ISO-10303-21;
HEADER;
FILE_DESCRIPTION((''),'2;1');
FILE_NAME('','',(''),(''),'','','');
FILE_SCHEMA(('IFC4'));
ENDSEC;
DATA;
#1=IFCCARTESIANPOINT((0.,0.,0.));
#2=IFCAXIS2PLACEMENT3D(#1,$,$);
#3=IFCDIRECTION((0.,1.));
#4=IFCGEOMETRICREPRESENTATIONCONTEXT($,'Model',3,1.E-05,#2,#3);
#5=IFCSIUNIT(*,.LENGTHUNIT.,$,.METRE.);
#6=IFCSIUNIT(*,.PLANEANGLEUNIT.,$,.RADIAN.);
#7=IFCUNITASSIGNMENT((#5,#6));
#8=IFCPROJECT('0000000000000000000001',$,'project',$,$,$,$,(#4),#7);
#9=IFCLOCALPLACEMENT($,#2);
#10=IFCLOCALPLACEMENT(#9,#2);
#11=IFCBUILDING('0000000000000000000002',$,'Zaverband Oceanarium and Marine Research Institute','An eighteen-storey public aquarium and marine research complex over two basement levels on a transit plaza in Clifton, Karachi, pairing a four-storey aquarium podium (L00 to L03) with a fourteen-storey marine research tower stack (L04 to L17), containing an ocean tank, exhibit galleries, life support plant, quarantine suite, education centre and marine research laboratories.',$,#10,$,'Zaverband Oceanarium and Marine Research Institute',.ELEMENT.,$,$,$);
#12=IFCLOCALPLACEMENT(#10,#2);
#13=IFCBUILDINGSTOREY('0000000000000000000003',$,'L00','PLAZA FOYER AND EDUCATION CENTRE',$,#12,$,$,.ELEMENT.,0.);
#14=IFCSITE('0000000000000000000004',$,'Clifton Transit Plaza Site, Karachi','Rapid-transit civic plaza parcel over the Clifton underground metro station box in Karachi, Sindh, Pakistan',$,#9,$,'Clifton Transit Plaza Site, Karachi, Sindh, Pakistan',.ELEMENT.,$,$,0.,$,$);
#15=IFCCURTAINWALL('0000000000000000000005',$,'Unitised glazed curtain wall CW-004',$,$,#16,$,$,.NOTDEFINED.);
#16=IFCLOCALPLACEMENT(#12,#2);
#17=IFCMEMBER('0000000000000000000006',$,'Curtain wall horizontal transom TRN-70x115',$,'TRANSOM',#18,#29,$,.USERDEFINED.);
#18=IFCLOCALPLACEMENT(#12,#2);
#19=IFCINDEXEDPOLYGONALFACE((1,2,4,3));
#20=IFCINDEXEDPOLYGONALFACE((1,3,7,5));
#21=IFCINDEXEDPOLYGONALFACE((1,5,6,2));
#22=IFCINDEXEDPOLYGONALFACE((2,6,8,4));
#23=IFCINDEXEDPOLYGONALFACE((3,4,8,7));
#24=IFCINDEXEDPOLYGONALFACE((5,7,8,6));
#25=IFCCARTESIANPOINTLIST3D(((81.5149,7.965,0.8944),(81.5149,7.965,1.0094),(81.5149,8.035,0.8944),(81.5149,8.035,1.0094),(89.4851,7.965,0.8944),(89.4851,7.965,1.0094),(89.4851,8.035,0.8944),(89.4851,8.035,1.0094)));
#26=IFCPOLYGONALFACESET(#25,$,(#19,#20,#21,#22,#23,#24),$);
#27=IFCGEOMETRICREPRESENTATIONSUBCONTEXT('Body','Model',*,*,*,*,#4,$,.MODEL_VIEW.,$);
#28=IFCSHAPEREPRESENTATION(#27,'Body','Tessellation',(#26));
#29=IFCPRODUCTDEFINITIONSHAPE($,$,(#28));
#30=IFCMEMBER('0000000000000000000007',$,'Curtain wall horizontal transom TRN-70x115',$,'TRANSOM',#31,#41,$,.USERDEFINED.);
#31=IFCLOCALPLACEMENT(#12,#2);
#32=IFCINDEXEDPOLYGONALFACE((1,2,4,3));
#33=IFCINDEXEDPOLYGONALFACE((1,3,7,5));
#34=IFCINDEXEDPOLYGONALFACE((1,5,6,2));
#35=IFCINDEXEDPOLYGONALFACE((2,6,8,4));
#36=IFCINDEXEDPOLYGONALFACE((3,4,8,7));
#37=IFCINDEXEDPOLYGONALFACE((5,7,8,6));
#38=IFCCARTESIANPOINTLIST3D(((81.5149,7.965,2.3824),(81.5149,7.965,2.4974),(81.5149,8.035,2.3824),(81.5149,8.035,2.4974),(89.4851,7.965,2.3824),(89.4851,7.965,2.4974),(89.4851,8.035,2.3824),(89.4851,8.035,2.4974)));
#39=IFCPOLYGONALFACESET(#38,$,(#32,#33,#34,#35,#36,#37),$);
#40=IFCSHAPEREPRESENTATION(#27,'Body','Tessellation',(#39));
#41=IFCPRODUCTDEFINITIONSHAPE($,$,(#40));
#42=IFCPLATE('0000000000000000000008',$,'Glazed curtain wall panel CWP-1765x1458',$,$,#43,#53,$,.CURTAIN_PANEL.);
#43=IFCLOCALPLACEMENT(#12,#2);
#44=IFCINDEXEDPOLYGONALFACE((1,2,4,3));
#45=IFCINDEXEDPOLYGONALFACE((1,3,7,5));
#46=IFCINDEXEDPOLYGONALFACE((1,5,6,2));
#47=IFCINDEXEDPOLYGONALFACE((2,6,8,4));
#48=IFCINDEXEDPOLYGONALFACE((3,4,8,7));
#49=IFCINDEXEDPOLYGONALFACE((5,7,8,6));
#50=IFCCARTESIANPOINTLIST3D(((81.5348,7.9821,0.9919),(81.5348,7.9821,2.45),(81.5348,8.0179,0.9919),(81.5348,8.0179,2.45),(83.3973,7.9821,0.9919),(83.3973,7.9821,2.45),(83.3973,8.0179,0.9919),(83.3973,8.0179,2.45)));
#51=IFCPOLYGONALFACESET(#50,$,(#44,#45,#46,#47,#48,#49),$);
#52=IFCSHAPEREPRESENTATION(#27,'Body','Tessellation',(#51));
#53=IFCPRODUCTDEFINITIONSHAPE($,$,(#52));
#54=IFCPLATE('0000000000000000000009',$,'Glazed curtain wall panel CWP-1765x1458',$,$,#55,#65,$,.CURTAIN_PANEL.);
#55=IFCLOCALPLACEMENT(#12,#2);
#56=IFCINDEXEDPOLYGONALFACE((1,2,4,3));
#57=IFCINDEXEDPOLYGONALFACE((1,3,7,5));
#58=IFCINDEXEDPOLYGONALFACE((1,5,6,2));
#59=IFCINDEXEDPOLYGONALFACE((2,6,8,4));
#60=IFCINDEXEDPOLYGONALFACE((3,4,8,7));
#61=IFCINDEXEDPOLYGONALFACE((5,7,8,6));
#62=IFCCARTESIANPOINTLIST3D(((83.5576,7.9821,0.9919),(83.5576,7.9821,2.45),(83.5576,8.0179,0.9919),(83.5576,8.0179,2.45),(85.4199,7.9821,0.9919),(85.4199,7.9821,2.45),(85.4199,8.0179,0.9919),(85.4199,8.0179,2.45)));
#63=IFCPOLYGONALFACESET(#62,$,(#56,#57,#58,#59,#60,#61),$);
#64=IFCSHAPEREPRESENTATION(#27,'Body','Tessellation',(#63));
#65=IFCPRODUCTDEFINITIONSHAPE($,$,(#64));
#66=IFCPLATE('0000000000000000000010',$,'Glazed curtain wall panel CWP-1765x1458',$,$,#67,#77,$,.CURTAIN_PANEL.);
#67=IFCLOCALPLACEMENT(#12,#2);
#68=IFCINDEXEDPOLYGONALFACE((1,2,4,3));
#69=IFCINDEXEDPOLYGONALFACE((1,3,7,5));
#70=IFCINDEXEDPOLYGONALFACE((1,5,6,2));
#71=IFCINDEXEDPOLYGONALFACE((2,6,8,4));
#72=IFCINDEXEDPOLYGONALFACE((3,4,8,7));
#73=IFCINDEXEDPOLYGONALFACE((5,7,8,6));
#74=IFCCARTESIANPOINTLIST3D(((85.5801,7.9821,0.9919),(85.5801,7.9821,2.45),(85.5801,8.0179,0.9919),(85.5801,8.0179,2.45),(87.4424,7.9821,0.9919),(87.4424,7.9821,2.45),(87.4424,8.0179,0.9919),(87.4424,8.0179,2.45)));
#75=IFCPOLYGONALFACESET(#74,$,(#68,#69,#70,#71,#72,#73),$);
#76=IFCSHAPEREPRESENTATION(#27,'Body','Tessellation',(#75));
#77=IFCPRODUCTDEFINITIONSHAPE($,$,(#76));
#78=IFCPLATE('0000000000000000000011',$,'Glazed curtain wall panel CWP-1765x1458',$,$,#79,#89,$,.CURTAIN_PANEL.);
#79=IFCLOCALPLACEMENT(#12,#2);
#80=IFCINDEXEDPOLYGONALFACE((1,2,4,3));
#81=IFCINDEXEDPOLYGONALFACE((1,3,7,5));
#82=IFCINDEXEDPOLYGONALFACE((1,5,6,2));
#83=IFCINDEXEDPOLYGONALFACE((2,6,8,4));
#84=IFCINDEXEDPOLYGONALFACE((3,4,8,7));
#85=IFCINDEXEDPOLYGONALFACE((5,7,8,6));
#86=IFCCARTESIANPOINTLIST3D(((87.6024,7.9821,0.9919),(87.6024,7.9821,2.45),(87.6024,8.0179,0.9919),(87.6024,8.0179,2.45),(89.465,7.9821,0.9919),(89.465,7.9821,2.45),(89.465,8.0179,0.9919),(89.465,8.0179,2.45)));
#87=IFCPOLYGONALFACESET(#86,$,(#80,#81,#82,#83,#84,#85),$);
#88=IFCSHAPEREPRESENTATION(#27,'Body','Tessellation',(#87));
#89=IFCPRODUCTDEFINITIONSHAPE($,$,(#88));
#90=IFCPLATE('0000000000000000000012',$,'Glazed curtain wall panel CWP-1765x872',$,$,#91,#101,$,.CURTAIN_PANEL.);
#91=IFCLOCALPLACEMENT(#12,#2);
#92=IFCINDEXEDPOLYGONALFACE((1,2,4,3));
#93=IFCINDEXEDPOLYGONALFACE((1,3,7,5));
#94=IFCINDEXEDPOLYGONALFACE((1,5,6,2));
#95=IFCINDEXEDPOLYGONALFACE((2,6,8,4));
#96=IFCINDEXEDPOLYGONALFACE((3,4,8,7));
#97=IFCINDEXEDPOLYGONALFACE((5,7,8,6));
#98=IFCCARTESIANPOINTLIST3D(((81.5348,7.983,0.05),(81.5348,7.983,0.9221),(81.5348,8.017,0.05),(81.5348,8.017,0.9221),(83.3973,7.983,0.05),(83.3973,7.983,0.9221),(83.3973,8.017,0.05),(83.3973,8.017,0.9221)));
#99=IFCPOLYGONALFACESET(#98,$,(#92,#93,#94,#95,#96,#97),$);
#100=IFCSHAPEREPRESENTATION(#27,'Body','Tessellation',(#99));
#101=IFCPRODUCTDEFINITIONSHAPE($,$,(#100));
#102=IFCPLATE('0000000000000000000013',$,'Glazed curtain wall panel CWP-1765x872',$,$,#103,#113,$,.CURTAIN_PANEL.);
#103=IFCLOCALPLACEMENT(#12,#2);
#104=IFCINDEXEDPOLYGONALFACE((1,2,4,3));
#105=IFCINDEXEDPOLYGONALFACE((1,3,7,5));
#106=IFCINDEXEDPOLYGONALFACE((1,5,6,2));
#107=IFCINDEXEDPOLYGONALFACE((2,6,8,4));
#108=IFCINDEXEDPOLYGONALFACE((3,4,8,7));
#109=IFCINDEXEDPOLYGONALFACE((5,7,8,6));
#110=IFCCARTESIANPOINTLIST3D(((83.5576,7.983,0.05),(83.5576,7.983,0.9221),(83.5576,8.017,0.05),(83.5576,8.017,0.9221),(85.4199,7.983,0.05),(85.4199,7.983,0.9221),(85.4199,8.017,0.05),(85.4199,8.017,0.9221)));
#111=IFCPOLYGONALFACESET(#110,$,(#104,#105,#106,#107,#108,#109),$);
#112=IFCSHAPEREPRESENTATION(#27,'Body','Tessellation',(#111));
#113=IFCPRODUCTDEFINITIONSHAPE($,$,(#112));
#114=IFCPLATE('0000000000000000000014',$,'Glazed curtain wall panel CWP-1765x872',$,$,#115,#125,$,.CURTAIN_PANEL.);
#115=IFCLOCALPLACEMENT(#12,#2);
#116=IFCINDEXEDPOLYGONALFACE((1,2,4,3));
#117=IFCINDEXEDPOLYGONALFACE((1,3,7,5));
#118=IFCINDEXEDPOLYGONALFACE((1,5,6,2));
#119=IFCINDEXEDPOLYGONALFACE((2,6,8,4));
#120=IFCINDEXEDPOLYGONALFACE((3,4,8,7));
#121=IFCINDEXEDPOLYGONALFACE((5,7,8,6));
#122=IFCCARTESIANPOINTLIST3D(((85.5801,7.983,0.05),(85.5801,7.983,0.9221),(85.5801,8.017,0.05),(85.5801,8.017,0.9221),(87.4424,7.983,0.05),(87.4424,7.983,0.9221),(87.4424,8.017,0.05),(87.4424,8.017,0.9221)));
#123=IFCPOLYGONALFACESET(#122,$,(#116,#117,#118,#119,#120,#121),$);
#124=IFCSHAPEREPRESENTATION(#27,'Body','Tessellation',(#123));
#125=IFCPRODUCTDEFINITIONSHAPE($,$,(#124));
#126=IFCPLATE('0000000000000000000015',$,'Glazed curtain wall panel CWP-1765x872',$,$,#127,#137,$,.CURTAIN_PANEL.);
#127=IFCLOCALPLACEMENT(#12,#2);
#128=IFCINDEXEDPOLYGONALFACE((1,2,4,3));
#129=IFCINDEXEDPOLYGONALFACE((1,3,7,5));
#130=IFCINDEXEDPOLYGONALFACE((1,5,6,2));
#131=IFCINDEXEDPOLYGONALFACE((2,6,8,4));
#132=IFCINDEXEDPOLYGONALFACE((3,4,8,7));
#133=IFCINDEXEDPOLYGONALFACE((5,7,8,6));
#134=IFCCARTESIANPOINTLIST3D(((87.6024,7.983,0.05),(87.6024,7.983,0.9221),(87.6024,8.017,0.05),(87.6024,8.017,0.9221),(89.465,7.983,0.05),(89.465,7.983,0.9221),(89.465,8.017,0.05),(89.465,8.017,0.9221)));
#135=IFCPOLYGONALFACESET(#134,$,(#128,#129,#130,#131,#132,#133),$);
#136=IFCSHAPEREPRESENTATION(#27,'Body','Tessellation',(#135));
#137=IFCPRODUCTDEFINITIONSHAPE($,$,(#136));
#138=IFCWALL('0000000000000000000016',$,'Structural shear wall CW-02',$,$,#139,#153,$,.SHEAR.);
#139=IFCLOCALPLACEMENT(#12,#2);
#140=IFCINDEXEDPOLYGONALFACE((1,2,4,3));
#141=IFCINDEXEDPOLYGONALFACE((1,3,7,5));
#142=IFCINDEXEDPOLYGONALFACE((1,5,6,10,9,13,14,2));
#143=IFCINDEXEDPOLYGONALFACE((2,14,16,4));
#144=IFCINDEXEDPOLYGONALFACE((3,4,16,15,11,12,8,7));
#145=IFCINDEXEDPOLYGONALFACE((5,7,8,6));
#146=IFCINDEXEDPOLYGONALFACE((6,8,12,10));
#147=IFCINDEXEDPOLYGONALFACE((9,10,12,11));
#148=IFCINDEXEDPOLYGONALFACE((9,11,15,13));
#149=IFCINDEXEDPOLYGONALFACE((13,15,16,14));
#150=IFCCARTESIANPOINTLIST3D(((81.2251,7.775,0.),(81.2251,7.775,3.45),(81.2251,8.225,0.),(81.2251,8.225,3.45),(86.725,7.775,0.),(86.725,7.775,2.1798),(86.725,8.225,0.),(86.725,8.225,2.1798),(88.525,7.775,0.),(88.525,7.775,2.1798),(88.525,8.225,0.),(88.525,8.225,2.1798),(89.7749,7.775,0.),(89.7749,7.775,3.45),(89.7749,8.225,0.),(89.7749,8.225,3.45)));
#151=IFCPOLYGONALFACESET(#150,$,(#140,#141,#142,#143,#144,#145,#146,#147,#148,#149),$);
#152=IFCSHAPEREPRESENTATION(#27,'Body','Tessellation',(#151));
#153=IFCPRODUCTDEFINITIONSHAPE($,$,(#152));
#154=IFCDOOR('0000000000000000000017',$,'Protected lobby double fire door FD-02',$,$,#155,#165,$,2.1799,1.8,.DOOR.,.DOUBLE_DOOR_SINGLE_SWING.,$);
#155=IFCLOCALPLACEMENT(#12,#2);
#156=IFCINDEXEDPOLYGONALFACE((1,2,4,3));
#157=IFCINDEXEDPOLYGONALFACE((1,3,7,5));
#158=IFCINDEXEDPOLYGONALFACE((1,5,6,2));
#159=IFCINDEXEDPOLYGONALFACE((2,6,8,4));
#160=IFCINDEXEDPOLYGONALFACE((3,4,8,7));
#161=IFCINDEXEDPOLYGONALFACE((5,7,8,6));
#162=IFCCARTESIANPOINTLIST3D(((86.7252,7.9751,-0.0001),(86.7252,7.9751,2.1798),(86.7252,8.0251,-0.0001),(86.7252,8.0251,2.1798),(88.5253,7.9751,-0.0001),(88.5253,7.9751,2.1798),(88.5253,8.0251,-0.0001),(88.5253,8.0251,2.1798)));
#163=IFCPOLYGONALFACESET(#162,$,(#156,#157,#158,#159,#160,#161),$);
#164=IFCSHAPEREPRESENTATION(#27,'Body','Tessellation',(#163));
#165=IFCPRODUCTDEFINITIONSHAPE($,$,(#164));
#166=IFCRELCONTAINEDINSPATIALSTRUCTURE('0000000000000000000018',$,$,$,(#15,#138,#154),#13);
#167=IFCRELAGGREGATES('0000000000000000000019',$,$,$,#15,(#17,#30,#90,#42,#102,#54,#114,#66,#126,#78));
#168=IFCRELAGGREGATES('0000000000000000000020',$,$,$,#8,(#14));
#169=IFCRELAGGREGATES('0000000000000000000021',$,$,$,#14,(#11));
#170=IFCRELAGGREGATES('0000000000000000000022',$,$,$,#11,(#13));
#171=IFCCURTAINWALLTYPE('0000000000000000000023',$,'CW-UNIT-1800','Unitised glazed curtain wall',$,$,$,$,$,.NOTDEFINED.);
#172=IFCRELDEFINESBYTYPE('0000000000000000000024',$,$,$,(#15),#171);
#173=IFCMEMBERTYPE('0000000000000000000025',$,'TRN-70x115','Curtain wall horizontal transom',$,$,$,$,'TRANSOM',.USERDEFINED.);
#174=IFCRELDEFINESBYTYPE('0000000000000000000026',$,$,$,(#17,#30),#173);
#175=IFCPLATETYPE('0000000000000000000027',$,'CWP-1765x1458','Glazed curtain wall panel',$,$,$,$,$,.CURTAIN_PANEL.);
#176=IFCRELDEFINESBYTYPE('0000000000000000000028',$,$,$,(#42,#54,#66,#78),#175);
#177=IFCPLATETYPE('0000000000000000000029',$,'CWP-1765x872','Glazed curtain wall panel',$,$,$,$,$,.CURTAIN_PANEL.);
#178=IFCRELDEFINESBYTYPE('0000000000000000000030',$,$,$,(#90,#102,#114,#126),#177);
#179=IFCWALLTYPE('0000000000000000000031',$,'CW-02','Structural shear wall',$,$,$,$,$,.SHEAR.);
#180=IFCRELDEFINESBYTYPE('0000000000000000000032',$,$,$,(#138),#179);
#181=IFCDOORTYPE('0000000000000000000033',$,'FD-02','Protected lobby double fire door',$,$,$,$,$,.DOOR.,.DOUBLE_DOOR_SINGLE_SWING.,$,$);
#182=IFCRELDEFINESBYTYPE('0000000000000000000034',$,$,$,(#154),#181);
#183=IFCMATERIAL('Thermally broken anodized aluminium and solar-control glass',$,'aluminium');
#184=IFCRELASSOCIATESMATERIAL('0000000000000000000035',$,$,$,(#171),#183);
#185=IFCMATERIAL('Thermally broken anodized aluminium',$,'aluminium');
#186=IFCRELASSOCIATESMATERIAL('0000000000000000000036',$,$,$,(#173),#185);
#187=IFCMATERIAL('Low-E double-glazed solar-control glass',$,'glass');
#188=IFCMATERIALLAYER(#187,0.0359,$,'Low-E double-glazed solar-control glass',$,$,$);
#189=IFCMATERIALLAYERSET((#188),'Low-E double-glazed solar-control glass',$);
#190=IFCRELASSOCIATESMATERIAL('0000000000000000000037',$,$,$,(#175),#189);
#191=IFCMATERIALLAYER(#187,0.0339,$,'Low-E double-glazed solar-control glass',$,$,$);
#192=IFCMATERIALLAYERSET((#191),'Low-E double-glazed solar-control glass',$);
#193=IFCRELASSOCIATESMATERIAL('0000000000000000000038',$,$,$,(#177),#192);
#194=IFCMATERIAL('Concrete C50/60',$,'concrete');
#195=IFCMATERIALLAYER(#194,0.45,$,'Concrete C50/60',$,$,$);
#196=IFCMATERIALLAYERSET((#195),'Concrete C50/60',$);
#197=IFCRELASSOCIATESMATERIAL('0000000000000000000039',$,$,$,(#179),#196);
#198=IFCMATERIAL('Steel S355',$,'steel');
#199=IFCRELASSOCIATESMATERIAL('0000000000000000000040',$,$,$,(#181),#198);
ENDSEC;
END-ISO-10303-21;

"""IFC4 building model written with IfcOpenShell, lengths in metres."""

from ifc_helpers import new_model, si_unit, direction, frame, frame_2d, origin, origin_2d, place, context, subcontext, project, spatial, rectangle, extrude, material, layer, layer_set, material_profile, profile_set, type_object, element, fill, aggregate, save


model = new_model("IFC4")

# Units and contexts
model_context = context("Model", 3, precision=1e-05, world=origin(), true_north=direction((0.0, 1.0)))
body_context = subcontext(model_context, "Body", "Model", "MODEL_VIEW")
ifc_project = project(units=[si_unit("LENGTHUNIT", "METRE"), si_unit("PLANEANGLEUNIT", "RADIAN")], contexts=[model_context])

# Site, building, storey
site_placement = place(None, origin())
site = spatial("IfcSite", under=ifc_project, at=site_placement, Name="Clifton Transit Plaza Site, Karachi", Description="Rapid-transit civic plaza parcel over the Clifton underground metro station box in Karachi, Sindh, Pakistan", LongName="Clifton Transit Plaza Site, Karachi, Sindh, Pakistan", CompositionType="ELEMENT", RefElevation=0.0)
building_placement = place(site_placement, origin())
building = spatial("IfcBuilding", under=site, at=building_placement, Name="Zaverband Oceanarium and Marine Research Institute", Description="An eighteen-storey public aquarium and marine research complex over two basement levels on a transit plaza in Clifton, Karachi, pairing a four-storey aquarium podium (L00 to L03) with a fourteen-storey marine research tower stack (L04 to L17), containing an ocean tank, exhibit galleries, life support plant, quarantine suite, education centre and marine research laboratories.", LongName="Zaverband Oceanarium and Marine Research Institute", CompositionType="ELEMENT")
storey_placement = place(building_placement, origin())
storey = spatial("IfcBuildingStorey", under=building, at=storey_placement, Name="L00", Description="PLAZA FOYER AND EDUCATION CENTRE", CompositionType="ELEMENT", Elevation=0.0)

# Shared definitions
ifc_material_1 = material(Name="Concrete C50/60", Category="concrete")

# Curtain wall
ifc_material_2 = material(Name="Thermally broken anodized aluminium and solar-control glass", Category="aluminium")
curtain_wall_type = type_object("IfcCurtainWallType", Name="CW-UNIT-1800", Description="Unitised glazed curtain wall", PredefinedType="NOTDEFINED", material=ifc_material_2)
curtain_wall_placement = place(storey_placement, origin())
curtain_wall = element("IfcCurtainWall", 1, at=curtain_wall_placement, inside=storey, type_object=curtain_wall_type, Name="Unitised glazed curtain wall CW-004", PredefinedType="NOTDEFINED")
ifc_material_3 = material(Name="Thermally broken anodized aluminium", Category="aluminium")

# Shared definitions
ifc_material_4 = material(Name="Steel S355", Category="steel")

# Members
ifc_material_profile_1 = material_profile(ifc_material_3, rectangle(XDim=0.0701, YDim=0.115, at=origin_2d()), Name="AL-TRN-70x115")
ifc_profile_set_1 = profile_set([ifc_material_profile_1], Name="Thermally broken anodized aluminium")
member_type_1 = type_object("IfcMemberType", Name="TRN-70x115", Description="Curtain wall horizontal transom", ElementType="TRANSOM", PredefinedType="USERDEFINED", material=ifc_profile_set_1)
member_1_placement = place(storey_placement, frame((81.5149, 8.0, 0.9519), z_axis=(1.0, 0.0, 0.0), x_axis=(0.0, 1.0, 0.0)))
member_1 = element("IfcMember", 2, at=member_1_placement, type_object=member_type_1, Name="Curtain wall horizontal transom TRN-70x115", ObjectType="TRANSOM", PredefinedType="USERDEFINED", context=body_context, shape_type="SweptSolid", body=[
    extrude(rectangle(XDim=0.0701, YDim=0.115, at=origin_2d()), origin(), (0.0, 0.0, 1.0), 7.9702),
])
member_2_placement = place(storey_placement, frame((81.5149, 8.0, 2.4399), z_axis=(1.0, 0.0, 0.0), x_axis=(0.0, 1.0, 0.0)))
member_2 = element("IfcMember", 3, at=member_2_placement, type_object=member_type_1, Name="Curtain wall horizontal transom TRN-70x115", ObjectType="TRANSOM", PredefinedType="USERDEFINED", context=body_context, shape_type="SweptSolid", body=[
    extrude(rectangle(XDim=0.0701, YDim=0.115, at=origin_2d()), origin(), (0.0, 0.0, 1.0), 7.9702),
])

# Plates
ifc_material_5 = material(Name="Low-E double-glazed solar-control glass", Category="glass")
ifc_layer_1 = layer(ifc_material_5, 0.0359, Name="Low-E double-glazed solar-control glass")
ifc_layer_set_1 = layer_set([ifc_layer_1], Name="Low-E double-glazed solar-control glass")
plate_type_1 = type_object("IfcPlateType", Name="CWP-1765x1458", Description="Glazed curtain wall panel", PredefinedType="CURTAIN_PANEL", material=ifc_layer_set_1)
plate_1_placement = place(storey_placement, frame((81.5349, 8.0, 0.9919), z_axis=(0.0, 0.0, 1.0), x_axis=(1.0, 0.0, 0.0)))
plate_1 = element("IfcPlate", 4, at=plate_1_placement, type_object=plate_type_1, Name="Glazed curtain wall panel CWP-1765x1458", PredefinedType="CURTAIN_PANEL", context=body_context, shape_type="SweptSolid", body=[
    extrude(rectangle(XDim=1.8625, YDim=0.0359, at=frame_2d((0.9312, 0.0))), origin(), (0.0, 0.0, 1.0), 1.458),
])
plate_2_placement = place(storey_placement, frame((83.5576, 8.0, 0.9919), z_axis=(0.0, 0.0, 1.0), x_axis=(1.0, 0.0, 0.0)))
plate_2 = element("IfcPlate", 5, at=plate_2_placement, type_object=plate_type_1, Name="Glazed curtain wall panel CWP-1765x1458", PredefinedType="CURTAIN_PANEL", context=body_context, shape_type="SweptSolid", body=[
    extrude(rectangle(XDim=1.8623, YDim=0.0359, at=frame_2d((0.9312, 0.0))), origin(), (0.0, 0.0, 1.0), 1.458),
])
plate_3_placement = place(storey_placement, frame((85.5801, 8.0, 0.9919), z_axis=(0.0, 0.0, 1.0), x_axis=(1.0, 0.0, 0.0)))
plate_3 = element("IfcPlate", 6, at=plate_3_placement, type_object=plate_type_1, Name="Glazed curtain wall panel CWP-1765x1458", PredefinedType="CURTAIN_PANEL", context=body_context, shape_type="SweptSolid", body=[
    extrude(rectangle(XDim=1.8623, YDim=0.0359, at=frame_2d((0.9312, 0.0))), origin(), (0.0, 0.0, 1.0), 1.458),
])
plate_4_placement = place(storey_placement, frame((87.6025, 8.0, 0.9919), z_axis=(0.0, 0.0, 1.0), x_axis=(1.0, 0.0, 0.0)))
plate_4 = element("IfcPlate", 7, at=plate_4_placement, type_object=plate_type_1, Name="Glazed curtain wall panel CWP-1765x1458", PredefinedType="CURTAIN_PANEL", context=body_context, shape_type="SweptSolid", body=[
    extrude(rectangle(XDim=1.8625, YDim=0.0359, at=frame_2d((0.9312, 0.0))), origin(), (0.0, 0.0, 1.0), 1.458),
])
ifc_layer_2 = layer(ifc_material_5, 0.0339, Name="Low-E double-glazed solar-control glass")
ifc_layer_set_2 = layer_set([ifc_layer_2], Name="Low-E double-glazed solar-control glass")
plate_type_2 = type_object("IfcPlateType", Name="CWP-1765x872", Description="Glazed curtain wall panel", PredefinedType="CURTAIN_PANEL", material=ifc_layer_set_2)
plate_5_placement = place(storey_placement, frame((81.5349, 8.0, 0.05), z_axis=(0.0, 0.0, 1.0), x_axis=(1.0, 0.0, 0.0)))
plate_5 = element("IfcPlate", 8, at=plate_5_placement, type_object=plate_type_2, Name="Glazed curtain wall panel CWP-1765x872", PredefinedType="CURTAIN_PANEL", context=body_context, shape_type="SweptSolid", body=[
    extrude(rectangle(XDim=1.8625, YDim=0.0339, at=frame_2d((0.9312, 0.0))), origin(), (0.0, 0.0, 1.0), 0.8721),
])
plate_6_placement = place(storey_placement, frame((83.5576, 8.0, 0.05), z_axis=(0.0, 0.0, 1.0), x_axis=(1.0, 0.0, 0.0)))
plate_6 = element("IfcPlate", 9, at=plate_6_placement, type_object=plate_type_2, Name="Glazed curtain wall panel CWP-1765x872", PredefinedType="CURTAIN_PANEL", context=body_context, shape_type="SweptSolid", body=[
    extrude(rectangle(XDim=1.8623, YDim=0.0339, at=frame_2d((0.9312, 0.0))), origin(), (0.0, 0.0, 1.0), 0.8721),
])
plate_7_placement = place(storey_placement, frame((85.5801, 8.0, 0.05), z_axis=(0.0, 0.0, 1.0), x_axis=(1.0, 0.0, 0.0)))
plate_7 = element("IfcPlate", 10, at=plate_7_placement, type_object=plate_type_2, Name="Glazed curtain wall panel CWP-1765x872", PredefinedType="CURTAIN_PANEL", context=body_context, shape_type="SweptSolid", body=[
    extrude(rectangle(XDim=1.8623, YDim=0.0339, at=frame_2d((0.9312, 0.0))), origin(), (0.0, 0.0, 1.0), 0.8721),
])
plate_8_placement = place(storey_placement, frame((87.6025, 8.0, 0.05), z_axis=(0.0, 0.0, 1.0), x_axis=(1.0, 0.0, 0.0)))
plate_8 = element("IfcPlate", 11, at=plate_8_placement, type_object=plate_type_2, Name="Glazed curtain wall panel CWP-1765x872", PredefinedType="CURTAIN_PANEL", context=body_context, shape_type="SweptSolid", body=[
    extrude(rectangle(XDim=1.8625, YDim=0.0339, at=frame_2d((0.9312, 0.0))), origin(), (0.0, 0.0, 1.0), 0.8721),
])
aggregate(curtain_wall, [member_1, member_2, plate_5, plate_1, plate_6, plate_2, plate_7, plate_3, plate_8, plate_4])

# Wall, opening, door
ifc_layer_3 = layer(ifc_material_1, 0.45, Name="Concrete C50/60")
ifc_layer_set_3 = layer_set([ifc_layer_3], Name="Concrete C50/60")
wall_type = type_object("IfcWallType", Name="CW-02", Description="Structural shear wall", PredefinedType="SHEAR", material=ifc_layer_set_3)
wall_placement = place(storey_placement, frame((81.2251, 8.0, 0.0), z_axis=(0.0, 0.0, 1.0), x_axis=(1.0, 0.0, 0.0)))
wall = element("IfcWall", 12, at=wall_placement, inside=storey, type_object=wall_type, Name="Structural shear wall CW-02", PredefinedType="SHEAR", context=body_context, shape_type="SweptSolid", body=[
    extrude(rectangle(XDim=8.5498, YDim=0.45, at=frame_2d((4.2749, 0.0))), origin(), (0.0, 0.0, 1.0), 3.45),
])
opening_placement = place(wall_placement, frame((5.5, 0.0, 0.0)))
opening = element("IfcOpeningElement", 13, at=opening_placement, cuts=wall, PredefinedType="OPENING", context=body_context, shape_type="SweptSolid", body=[
    extrude(rectangle(XDim=1.8, YDim=2.1799, at=frame_2d((0.8999, 1.0898))), frame((0.0, 0.2368, 0.0), z_axis=(0.0, -1.0, 0.0), x_axis=(1.0, 0.0, 0.0)), (0.0, 0.0, 1.0), 0.4739),
])
door_type = type_object("IfcDoorType", Name="FD-02", Description="Protected lobby double fire door", OperationType="DOUBLE_DOOR_SINGLE_SWING", PredefinedType="DOOR", material=ifc_material_4)
door_placement = place(opening_placement, frame((1.8, 0.0, 0.0), z_axis=(0.0, 0.0, 1.0), x_axis=(-1.0, 0.0, 0.0)))
door = element("IfcDoor", 14, at=door_placement, inside=storey, type_object=door_type, Name="Protected lobby double fire door FD-02", OperationType="DOUBLE_DOOR_SINGLE_SWING", OverallHeight=2.1799, OverallWidth=1.8, PredefinedType="DOOR", context=body_context, shape_type="SweptSolid", body=[
    extrude(rectangle(XDim=1.8, YDim=2.1799, at=frame_2d((0.8999, 1.0898))), frame((0.0, 0.0249, 0.0), z_axis=(0.0, -1.0, 0.0), x_axis=(1.0, 0.0, 0.0)), (0.0, 0.0, 1.0), 0.05),
])
fill(opening, door)

save(model, "model.ifc")
